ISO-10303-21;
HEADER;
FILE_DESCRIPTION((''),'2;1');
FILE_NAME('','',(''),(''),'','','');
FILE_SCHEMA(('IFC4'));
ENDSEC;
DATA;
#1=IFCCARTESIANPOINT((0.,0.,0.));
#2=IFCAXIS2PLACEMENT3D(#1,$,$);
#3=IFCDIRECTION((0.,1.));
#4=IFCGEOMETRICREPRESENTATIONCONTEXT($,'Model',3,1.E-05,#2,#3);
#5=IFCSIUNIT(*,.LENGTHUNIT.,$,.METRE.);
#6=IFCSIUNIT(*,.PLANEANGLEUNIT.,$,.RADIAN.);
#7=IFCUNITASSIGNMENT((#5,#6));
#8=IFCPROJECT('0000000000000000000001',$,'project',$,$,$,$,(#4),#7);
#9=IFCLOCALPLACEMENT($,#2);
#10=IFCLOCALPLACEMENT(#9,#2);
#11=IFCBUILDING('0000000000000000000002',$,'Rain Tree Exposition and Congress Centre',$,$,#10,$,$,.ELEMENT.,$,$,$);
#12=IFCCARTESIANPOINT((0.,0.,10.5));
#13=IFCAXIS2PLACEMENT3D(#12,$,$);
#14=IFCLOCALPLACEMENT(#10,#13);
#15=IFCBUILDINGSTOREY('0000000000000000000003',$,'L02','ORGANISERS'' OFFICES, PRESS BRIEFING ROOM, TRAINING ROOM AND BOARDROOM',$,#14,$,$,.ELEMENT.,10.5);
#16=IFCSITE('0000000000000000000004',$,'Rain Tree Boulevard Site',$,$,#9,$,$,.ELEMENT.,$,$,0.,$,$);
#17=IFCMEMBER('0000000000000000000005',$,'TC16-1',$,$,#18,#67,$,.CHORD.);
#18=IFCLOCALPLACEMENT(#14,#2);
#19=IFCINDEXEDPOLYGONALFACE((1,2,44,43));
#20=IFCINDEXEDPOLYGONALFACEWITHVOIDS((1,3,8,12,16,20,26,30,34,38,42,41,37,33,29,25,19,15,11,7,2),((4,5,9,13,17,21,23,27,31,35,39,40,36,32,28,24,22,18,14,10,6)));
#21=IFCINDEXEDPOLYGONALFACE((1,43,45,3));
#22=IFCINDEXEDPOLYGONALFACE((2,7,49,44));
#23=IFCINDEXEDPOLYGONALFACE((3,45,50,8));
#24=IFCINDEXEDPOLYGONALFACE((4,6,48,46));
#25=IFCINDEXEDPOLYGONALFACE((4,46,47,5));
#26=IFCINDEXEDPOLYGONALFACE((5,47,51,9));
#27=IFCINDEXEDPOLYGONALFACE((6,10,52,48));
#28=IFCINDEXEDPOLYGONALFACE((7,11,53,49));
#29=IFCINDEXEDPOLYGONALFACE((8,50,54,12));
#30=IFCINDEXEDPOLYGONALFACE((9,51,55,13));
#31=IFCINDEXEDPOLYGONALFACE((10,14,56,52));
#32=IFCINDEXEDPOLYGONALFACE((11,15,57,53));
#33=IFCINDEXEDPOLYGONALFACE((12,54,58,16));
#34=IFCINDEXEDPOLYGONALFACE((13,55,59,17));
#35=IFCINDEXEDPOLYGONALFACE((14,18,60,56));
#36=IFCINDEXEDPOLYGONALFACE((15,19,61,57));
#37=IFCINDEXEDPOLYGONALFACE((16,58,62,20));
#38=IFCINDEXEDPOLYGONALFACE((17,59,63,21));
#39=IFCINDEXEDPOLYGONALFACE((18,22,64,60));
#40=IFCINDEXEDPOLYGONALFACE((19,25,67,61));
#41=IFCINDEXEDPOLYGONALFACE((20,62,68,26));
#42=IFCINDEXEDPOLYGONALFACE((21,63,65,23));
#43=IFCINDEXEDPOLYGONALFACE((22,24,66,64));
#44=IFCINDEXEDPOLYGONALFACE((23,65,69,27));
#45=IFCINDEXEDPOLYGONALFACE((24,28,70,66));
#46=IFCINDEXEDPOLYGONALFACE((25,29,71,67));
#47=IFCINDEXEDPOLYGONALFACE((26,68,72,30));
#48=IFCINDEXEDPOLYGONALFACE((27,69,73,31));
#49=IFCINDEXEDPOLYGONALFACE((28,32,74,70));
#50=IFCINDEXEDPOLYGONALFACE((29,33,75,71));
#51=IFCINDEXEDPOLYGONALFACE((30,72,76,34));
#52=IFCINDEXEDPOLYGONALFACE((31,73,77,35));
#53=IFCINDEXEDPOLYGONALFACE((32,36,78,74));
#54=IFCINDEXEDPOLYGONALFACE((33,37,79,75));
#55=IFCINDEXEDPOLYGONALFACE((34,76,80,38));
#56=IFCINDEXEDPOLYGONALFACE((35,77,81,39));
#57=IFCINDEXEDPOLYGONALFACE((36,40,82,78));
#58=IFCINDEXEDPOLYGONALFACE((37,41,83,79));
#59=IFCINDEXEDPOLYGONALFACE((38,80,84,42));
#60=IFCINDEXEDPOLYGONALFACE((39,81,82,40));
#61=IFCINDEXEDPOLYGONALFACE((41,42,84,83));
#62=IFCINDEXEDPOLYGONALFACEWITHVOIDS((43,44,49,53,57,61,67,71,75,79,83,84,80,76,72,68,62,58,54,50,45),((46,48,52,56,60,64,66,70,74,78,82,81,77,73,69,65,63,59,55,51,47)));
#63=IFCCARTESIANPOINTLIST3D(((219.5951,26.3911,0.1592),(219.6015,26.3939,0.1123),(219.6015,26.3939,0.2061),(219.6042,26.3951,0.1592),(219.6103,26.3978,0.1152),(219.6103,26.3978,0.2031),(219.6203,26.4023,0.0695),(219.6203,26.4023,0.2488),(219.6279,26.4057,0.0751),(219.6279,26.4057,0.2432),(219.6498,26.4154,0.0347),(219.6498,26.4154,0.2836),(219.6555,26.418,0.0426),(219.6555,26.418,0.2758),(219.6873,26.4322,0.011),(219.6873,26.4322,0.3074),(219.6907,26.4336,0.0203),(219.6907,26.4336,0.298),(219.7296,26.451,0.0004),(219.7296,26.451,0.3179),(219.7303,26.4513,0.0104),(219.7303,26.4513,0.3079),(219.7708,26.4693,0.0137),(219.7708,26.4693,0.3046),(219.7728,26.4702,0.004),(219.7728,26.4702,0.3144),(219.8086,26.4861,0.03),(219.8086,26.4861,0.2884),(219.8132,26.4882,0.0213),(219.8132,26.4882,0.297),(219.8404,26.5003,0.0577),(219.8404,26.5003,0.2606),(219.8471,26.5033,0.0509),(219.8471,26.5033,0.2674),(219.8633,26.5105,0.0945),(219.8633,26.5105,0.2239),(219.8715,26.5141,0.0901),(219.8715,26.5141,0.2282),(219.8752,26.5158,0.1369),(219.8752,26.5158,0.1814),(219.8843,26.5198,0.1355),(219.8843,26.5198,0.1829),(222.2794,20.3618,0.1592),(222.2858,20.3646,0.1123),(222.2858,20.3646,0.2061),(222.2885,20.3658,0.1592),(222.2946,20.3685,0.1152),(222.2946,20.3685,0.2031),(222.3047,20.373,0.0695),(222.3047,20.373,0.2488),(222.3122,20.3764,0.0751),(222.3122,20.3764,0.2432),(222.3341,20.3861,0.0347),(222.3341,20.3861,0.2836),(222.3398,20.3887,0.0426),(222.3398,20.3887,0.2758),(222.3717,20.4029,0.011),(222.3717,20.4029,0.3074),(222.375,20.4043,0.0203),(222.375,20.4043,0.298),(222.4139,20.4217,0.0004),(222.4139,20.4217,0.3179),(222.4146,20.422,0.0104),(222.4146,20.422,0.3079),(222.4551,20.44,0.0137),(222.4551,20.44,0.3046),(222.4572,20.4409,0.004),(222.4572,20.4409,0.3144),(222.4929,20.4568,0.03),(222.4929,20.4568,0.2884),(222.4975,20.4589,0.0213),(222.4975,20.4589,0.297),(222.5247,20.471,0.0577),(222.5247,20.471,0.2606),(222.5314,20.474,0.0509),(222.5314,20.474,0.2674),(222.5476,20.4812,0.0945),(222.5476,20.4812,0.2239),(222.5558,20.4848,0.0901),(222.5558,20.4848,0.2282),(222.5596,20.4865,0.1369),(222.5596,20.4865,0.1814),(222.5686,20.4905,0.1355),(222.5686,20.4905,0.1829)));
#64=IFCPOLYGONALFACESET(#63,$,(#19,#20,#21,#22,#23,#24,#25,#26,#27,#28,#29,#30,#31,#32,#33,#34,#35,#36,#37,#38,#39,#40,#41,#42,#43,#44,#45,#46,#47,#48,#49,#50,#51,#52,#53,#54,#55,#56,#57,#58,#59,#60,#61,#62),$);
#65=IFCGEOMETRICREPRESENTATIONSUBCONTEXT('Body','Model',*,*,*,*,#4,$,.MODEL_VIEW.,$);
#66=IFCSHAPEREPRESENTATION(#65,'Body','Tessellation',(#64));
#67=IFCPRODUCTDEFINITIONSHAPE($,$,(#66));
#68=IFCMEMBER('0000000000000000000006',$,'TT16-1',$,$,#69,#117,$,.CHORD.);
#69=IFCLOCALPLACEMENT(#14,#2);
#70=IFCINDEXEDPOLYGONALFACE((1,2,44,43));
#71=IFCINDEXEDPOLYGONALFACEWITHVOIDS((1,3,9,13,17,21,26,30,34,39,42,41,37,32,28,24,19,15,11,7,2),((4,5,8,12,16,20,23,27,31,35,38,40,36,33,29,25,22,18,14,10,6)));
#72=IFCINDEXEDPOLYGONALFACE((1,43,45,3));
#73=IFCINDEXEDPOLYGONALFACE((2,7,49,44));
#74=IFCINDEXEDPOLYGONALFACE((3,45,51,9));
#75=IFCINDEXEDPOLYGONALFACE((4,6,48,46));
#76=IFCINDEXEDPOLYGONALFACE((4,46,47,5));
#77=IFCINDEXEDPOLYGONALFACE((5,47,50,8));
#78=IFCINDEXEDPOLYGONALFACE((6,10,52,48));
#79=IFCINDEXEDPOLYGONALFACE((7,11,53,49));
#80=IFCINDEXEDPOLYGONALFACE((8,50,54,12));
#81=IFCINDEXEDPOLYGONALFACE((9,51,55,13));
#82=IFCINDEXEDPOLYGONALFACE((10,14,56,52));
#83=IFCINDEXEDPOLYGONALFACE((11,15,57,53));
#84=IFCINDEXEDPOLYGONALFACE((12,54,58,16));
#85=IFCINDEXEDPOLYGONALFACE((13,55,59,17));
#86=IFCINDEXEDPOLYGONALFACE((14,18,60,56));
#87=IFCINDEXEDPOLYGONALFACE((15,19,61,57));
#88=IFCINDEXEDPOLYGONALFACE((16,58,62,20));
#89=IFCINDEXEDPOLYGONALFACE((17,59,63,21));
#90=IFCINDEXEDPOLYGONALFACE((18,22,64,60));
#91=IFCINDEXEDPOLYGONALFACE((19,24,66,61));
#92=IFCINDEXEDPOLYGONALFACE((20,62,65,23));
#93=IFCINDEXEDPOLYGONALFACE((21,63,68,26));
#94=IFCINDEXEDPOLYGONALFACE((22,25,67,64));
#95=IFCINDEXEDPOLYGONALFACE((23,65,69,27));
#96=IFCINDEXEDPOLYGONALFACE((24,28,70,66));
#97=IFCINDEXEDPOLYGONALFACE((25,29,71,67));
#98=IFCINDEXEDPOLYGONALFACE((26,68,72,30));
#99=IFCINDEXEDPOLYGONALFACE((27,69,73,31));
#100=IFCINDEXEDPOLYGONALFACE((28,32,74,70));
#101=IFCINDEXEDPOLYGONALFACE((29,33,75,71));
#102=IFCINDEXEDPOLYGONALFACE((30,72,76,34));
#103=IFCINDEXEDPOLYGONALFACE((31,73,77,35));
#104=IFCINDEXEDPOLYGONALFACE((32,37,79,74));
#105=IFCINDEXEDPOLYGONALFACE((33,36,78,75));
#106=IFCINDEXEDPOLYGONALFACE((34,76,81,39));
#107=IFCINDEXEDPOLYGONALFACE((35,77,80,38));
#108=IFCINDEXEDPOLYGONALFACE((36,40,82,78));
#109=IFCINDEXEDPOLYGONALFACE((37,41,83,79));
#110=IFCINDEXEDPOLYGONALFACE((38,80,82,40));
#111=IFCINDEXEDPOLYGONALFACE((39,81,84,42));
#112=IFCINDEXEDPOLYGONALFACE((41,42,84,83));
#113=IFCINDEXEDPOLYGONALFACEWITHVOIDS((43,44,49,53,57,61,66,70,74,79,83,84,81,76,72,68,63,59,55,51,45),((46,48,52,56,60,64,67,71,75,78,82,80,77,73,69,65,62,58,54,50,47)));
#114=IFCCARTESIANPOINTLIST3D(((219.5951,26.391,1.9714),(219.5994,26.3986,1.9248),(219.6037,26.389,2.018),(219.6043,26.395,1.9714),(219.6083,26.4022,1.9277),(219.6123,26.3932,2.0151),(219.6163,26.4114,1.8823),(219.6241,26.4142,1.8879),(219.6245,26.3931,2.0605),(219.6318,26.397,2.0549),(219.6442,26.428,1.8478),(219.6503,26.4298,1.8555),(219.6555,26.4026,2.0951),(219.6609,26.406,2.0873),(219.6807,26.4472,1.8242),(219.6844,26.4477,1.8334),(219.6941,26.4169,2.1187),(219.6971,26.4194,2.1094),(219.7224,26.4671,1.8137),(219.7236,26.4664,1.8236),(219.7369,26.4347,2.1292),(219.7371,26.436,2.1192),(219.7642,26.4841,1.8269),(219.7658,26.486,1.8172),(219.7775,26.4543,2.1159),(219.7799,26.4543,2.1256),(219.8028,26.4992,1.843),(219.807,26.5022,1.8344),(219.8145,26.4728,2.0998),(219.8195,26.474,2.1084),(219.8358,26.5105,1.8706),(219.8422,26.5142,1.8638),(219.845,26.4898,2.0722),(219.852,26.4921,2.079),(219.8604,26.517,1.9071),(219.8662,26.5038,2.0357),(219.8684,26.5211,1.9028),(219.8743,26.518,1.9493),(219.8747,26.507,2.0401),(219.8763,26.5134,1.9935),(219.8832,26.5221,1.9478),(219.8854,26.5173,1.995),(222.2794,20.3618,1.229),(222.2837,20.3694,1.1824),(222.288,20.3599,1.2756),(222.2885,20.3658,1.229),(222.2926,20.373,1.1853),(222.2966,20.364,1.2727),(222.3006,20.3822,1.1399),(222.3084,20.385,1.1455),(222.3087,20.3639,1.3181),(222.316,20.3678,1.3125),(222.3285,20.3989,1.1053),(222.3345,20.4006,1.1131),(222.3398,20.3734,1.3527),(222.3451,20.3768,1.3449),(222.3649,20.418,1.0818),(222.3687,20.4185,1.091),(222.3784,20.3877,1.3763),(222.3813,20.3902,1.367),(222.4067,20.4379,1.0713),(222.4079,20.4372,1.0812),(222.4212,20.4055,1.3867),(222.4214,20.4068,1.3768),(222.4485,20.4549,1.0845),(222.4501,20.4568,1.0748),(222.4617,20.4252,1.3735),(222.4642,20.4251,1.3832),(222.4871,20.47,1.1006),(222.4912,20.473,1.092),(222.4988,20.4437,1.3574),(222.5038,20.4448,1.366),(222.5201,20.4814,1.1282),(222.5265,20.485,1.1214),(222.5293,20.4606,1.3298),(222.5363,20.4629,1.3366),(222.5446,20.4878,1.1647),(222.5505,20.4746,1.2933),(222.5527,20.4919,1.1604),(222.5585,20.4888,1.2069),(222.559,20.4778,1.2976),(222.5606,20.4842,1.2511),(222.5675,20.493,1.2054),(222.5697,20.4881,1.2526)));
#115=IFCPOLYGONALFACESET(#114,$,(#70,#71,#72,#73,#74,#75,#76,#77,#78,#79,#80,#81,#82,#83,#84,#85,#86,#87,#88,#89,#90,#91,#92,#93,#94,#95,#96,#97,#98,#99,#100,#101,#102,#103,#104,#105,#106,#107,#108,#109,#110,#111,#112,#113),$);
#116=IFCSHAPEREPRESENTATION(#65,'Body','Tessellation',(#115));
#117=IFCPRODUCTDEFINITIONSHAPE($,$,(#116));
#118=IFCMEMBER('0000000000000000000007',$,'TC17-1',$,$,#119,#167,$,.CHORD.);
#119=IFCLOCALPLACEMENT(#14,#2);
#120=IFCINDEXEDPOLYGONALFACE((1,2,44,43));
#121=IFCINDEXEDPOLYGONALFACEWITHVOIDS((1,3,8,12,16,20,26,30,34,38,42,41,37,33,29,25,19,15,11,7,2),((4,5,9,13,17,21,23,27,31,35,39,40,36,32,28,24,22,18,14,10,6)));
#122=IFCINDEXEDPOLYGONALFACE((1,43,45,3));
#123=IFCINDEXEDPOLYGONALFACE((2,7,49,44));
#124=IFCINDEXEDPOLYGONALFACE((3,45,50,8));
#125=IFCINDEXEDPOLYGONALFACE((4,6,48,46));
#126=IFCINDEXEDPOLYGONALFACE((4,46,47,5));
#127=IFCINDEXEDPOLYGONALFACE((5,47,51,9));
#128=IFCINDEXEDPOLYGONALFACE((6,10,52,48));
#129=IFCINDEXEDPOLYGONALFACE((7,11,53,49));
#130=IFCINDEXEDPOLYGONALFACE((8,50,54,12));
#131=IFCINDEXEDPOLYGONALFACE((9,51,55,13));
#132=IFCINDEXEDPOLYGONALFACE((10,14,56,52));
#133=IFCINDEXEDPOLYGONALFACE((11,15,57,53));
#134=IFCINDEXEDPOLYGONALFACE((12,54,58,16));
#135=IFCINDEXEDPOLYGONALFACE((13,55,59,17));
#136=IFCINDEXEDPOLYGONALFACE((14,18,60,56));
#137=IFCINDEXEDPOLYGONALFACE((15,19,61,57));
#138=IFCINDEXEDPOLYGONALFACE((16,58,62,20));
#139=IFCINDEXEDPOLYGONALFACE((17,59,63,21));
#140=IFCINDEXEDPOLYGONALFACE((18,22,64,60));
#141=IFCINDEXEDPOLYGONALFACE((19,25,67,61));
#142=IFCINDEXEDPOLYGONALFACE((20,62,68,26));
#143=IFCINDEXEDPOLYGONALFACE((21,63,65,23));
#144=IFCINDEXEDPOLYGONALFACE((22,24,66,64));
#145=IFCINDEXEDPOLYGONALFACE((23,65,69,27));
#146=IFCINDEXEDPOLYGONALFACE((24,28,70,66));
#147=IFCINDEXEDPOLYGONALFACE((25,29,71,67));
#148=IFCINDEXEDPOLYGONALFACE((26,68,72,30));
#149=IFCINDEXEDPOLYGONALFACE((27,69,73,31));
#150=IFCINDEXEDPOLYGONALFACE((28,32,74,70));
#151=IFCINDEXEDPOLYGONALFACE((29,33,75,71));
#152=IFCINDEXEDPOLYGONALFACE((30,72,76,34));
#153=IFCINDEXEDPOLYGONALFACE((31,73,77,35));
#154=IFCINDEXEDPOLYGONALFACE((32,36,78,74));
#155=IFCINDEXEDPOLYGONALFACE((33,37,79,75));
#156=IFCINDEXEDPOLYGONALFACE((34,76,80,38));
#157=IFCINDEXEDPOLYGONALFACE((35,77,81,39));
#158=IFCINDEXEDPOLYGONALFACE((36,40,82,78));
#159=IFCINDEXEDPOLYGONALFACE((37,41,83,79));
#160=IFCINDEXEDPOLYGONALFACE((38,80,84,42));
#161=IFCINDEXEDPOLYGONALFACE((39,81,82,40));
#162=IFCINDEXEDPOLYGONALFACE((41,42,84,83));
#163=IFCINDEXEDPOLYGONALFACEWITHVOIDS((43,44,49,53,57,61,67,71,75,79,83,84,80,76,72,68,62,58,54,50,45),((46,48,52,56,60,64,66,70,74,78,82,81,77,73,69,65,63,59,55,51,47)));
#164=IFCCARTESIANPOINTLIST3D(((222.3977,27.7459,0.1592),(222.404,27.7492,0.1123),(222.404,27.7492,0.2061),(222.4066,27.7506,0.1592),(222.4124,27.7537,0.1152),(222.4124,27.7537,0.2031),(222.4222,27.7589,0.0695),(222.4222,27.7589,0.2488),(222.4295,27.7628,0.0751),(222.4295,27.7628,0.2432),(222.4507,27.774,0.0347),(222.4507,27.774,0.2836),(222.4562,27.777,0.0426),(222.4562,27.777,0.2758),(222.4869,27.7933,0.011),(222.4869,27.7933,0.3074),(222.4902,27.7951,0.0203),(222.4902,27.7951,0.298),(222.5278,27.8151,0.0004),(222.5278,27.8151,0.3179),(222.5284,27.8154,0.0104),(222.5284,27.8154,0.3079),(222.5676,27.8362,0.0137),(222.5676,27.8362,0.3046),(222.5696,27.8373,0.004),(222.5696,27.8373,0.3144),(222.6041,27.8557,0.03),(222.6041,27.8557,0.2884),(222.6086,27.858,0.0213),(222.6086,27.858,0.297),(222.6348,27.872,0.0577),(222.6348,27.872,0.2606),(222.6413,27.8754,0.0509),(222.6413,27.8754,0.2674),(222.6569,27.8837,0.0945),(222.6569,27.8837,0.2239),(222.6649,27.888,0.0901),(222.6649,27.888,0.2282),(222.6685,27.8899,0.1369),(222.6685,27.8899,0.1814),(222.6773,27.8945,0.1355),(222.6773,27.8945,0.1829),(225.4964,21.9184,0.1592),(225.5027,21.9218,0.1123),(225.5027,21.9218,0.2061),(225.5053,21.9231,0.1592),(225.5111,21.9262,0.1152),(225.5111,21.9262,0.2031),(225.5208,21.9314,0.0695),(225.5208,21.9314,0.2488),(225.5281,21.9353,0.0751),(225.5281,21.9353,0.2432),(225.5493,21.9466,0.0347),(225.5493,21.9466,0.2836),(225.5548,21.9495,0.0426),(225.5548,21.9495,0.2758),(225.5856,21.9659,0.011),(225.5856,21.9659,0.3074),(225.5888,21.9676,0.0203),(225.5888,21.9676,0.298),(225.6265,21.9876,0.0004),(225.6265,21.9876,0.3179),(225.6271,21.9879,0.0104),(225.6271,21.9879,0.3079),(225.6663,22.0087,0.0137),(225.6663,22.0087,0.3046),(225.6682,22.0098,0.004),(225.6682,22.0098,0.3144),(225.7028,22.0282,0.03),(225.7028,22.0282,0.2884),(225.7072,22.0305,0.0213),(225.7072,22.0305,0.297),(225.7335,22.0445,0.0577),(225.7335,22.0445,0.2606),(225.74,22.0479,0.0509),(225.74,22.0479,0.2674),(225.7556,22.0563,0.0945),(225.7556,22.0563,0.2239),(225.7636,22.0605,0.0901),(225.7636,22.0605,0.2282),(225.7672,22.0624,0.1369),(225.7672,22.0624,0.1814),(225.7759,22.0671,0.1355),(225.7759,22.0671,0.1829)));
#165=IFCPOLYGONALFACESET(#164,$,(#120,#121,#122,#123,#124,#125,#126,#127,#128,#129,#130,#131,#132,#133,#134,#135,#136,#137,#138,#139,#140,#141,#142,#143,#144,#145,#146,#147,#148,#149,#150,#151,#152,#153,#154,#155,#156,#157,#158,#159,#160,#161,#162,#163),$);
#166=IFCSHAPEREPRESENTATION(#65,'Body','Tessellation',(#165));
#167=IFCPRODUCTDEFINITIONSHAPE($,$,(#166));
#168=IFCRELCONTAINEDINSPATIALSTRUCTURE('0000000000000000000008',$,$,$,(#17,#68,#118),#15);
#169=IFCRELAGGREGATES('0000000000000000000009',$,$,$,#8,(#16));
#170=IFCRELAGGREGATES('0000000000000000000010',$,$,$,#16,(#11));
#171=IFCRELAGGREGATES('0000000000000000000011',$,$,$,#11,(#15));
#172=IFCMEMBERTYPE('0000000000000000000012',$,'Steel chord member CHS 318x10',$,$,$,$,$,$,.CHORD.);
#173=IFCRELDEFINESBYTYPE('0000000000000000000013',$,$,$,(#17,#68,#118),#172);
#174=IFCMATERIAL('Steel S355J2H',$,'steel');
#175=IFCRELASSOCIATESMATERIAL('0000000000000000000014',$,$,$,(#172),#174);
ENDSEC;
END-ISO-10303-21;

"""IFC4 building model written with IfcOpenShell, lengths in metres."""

from ifc_helpers import new_model, si_unit, direction, frame, origin, origin_2d, place, context, subcontext, project, spatial, hollow_circle, extrude, material, material_profile, profile_set, type_object, element, save


model = new_model("IFC4")

# Units and contexts
model_context = context("Model", 3, precision=1e-05, world=origin(), true_north=direction((0.0, 1.0)))
body_context = subcontext(model_context, "Body", "Model", "MODEL_VIEW")
ifc_project = project(units=[si_unit("LENGTHUNIT", "METRE"), si_unit("PLANEANGLEUNIT", "RADIAN")], contexts=[model_context])

# Site, building, storey
site_placement = place(None, origin())
site = spatial("IfcSite", under=ifc_project, at=site_placement, Name="Rain Tree Boulevard Site", CompositionType="ELEMENT", RefElevation=0.0)
building_placement = place(site_placement, origin())
building = spatial("IfcBuilding", under=site, at=building_placement, Name="Rain Tree Exposition and Congress Centre", CompositionType="ELEMENT")
storey_placement = place(building_placement, frame((0.0, 0.0, 10.5)))
storey = spatial("IfcBuildingStorey", under=building, at=storey_placement, Name="L02", Description="ORGANISERS' OFFICES, PRESS BRIEFING ROOM, TRAINING ROOM AND BOARDROOM", CompositionType="ELEMENT", Elevation=10.5)

# Members
ifc_material_1 = material(Name="Steel S355J2H", Category="steel")
ifc_material_profile_1 = material_profile(ifc_material_1, hollow_circle(Radius=0.1592, WallThickness=0.01, at=origin_2d()), Name="CHS 318x10")
ifc_profile_set_1 = profile_set([ifc_material_profile_1], Name="Steel S355J2H")
member_type_1 = type_object("IfcMemberType", Name="Steel chord member CHS 318x10", PredefinedType="CHORD", material=ifc_profile_set_1)
member_1_placement = place(storey_placement, frame((222.4248, 20.4265, 0.1592), z_axis=(-0.406725, 0.913551, 0.0), x_axis=(-0.913551, -0.406725, 0.0)))
element("IfcMember", 1, at=member_1_placement, inside=storey, type_object=member_type_1, Name="TC16-1", PredefinedType="CHORD", context=body_context, shape_type="SweptSolid", body=[
    extrude(hollow_circle(Radius=0.1592, WallThickness=0.01, at=origin_2d()), origin(), (0.0, 0.0, 1.0), 6.5999),
])
member_2_placement = place(storey_placement, frame((222.4248, 20.4265, 1.229), z_axis=(-0.404176, 0.907825, 0.111787), x_axis=(-0.913551, -0.406725, 0.0)))
element("IfcMember", 2, at=member_2_placement, inside=storey, type_object=member_type_1, Name="TT16-1", PredefinedType="CHORD", context=body_context, shape_type="SweptSolid", body=[
    extrude(hollow_circle(Radius=0.1592, WallThickness=0.01, at=origin_2d()), origin(), (0.0, 0.0, 1.0), 6.6414),
])
member_3_placement = place(storey_placement, frame((225.637, 21.9932, 0.1592), z_axis=(-0.46949, 0.882938, 0.0), x_axis=(-0.882938, -0.46949, 0.0)))
element("IfcMember", 3, at=member_3_placement, inside=storey, type_object=member_type_1, Name="TC17-1", PredefinedType="CHORD", context=body_context, shape_type="SweptSolid", body=[
    extrude(hollow_circle(Radius=0.1592, WallThickness=0.01, at=origin_2d()), origin(), (0.0, 0.0, 1.0), 6.6001),
])

save(model, "model.ifc")
